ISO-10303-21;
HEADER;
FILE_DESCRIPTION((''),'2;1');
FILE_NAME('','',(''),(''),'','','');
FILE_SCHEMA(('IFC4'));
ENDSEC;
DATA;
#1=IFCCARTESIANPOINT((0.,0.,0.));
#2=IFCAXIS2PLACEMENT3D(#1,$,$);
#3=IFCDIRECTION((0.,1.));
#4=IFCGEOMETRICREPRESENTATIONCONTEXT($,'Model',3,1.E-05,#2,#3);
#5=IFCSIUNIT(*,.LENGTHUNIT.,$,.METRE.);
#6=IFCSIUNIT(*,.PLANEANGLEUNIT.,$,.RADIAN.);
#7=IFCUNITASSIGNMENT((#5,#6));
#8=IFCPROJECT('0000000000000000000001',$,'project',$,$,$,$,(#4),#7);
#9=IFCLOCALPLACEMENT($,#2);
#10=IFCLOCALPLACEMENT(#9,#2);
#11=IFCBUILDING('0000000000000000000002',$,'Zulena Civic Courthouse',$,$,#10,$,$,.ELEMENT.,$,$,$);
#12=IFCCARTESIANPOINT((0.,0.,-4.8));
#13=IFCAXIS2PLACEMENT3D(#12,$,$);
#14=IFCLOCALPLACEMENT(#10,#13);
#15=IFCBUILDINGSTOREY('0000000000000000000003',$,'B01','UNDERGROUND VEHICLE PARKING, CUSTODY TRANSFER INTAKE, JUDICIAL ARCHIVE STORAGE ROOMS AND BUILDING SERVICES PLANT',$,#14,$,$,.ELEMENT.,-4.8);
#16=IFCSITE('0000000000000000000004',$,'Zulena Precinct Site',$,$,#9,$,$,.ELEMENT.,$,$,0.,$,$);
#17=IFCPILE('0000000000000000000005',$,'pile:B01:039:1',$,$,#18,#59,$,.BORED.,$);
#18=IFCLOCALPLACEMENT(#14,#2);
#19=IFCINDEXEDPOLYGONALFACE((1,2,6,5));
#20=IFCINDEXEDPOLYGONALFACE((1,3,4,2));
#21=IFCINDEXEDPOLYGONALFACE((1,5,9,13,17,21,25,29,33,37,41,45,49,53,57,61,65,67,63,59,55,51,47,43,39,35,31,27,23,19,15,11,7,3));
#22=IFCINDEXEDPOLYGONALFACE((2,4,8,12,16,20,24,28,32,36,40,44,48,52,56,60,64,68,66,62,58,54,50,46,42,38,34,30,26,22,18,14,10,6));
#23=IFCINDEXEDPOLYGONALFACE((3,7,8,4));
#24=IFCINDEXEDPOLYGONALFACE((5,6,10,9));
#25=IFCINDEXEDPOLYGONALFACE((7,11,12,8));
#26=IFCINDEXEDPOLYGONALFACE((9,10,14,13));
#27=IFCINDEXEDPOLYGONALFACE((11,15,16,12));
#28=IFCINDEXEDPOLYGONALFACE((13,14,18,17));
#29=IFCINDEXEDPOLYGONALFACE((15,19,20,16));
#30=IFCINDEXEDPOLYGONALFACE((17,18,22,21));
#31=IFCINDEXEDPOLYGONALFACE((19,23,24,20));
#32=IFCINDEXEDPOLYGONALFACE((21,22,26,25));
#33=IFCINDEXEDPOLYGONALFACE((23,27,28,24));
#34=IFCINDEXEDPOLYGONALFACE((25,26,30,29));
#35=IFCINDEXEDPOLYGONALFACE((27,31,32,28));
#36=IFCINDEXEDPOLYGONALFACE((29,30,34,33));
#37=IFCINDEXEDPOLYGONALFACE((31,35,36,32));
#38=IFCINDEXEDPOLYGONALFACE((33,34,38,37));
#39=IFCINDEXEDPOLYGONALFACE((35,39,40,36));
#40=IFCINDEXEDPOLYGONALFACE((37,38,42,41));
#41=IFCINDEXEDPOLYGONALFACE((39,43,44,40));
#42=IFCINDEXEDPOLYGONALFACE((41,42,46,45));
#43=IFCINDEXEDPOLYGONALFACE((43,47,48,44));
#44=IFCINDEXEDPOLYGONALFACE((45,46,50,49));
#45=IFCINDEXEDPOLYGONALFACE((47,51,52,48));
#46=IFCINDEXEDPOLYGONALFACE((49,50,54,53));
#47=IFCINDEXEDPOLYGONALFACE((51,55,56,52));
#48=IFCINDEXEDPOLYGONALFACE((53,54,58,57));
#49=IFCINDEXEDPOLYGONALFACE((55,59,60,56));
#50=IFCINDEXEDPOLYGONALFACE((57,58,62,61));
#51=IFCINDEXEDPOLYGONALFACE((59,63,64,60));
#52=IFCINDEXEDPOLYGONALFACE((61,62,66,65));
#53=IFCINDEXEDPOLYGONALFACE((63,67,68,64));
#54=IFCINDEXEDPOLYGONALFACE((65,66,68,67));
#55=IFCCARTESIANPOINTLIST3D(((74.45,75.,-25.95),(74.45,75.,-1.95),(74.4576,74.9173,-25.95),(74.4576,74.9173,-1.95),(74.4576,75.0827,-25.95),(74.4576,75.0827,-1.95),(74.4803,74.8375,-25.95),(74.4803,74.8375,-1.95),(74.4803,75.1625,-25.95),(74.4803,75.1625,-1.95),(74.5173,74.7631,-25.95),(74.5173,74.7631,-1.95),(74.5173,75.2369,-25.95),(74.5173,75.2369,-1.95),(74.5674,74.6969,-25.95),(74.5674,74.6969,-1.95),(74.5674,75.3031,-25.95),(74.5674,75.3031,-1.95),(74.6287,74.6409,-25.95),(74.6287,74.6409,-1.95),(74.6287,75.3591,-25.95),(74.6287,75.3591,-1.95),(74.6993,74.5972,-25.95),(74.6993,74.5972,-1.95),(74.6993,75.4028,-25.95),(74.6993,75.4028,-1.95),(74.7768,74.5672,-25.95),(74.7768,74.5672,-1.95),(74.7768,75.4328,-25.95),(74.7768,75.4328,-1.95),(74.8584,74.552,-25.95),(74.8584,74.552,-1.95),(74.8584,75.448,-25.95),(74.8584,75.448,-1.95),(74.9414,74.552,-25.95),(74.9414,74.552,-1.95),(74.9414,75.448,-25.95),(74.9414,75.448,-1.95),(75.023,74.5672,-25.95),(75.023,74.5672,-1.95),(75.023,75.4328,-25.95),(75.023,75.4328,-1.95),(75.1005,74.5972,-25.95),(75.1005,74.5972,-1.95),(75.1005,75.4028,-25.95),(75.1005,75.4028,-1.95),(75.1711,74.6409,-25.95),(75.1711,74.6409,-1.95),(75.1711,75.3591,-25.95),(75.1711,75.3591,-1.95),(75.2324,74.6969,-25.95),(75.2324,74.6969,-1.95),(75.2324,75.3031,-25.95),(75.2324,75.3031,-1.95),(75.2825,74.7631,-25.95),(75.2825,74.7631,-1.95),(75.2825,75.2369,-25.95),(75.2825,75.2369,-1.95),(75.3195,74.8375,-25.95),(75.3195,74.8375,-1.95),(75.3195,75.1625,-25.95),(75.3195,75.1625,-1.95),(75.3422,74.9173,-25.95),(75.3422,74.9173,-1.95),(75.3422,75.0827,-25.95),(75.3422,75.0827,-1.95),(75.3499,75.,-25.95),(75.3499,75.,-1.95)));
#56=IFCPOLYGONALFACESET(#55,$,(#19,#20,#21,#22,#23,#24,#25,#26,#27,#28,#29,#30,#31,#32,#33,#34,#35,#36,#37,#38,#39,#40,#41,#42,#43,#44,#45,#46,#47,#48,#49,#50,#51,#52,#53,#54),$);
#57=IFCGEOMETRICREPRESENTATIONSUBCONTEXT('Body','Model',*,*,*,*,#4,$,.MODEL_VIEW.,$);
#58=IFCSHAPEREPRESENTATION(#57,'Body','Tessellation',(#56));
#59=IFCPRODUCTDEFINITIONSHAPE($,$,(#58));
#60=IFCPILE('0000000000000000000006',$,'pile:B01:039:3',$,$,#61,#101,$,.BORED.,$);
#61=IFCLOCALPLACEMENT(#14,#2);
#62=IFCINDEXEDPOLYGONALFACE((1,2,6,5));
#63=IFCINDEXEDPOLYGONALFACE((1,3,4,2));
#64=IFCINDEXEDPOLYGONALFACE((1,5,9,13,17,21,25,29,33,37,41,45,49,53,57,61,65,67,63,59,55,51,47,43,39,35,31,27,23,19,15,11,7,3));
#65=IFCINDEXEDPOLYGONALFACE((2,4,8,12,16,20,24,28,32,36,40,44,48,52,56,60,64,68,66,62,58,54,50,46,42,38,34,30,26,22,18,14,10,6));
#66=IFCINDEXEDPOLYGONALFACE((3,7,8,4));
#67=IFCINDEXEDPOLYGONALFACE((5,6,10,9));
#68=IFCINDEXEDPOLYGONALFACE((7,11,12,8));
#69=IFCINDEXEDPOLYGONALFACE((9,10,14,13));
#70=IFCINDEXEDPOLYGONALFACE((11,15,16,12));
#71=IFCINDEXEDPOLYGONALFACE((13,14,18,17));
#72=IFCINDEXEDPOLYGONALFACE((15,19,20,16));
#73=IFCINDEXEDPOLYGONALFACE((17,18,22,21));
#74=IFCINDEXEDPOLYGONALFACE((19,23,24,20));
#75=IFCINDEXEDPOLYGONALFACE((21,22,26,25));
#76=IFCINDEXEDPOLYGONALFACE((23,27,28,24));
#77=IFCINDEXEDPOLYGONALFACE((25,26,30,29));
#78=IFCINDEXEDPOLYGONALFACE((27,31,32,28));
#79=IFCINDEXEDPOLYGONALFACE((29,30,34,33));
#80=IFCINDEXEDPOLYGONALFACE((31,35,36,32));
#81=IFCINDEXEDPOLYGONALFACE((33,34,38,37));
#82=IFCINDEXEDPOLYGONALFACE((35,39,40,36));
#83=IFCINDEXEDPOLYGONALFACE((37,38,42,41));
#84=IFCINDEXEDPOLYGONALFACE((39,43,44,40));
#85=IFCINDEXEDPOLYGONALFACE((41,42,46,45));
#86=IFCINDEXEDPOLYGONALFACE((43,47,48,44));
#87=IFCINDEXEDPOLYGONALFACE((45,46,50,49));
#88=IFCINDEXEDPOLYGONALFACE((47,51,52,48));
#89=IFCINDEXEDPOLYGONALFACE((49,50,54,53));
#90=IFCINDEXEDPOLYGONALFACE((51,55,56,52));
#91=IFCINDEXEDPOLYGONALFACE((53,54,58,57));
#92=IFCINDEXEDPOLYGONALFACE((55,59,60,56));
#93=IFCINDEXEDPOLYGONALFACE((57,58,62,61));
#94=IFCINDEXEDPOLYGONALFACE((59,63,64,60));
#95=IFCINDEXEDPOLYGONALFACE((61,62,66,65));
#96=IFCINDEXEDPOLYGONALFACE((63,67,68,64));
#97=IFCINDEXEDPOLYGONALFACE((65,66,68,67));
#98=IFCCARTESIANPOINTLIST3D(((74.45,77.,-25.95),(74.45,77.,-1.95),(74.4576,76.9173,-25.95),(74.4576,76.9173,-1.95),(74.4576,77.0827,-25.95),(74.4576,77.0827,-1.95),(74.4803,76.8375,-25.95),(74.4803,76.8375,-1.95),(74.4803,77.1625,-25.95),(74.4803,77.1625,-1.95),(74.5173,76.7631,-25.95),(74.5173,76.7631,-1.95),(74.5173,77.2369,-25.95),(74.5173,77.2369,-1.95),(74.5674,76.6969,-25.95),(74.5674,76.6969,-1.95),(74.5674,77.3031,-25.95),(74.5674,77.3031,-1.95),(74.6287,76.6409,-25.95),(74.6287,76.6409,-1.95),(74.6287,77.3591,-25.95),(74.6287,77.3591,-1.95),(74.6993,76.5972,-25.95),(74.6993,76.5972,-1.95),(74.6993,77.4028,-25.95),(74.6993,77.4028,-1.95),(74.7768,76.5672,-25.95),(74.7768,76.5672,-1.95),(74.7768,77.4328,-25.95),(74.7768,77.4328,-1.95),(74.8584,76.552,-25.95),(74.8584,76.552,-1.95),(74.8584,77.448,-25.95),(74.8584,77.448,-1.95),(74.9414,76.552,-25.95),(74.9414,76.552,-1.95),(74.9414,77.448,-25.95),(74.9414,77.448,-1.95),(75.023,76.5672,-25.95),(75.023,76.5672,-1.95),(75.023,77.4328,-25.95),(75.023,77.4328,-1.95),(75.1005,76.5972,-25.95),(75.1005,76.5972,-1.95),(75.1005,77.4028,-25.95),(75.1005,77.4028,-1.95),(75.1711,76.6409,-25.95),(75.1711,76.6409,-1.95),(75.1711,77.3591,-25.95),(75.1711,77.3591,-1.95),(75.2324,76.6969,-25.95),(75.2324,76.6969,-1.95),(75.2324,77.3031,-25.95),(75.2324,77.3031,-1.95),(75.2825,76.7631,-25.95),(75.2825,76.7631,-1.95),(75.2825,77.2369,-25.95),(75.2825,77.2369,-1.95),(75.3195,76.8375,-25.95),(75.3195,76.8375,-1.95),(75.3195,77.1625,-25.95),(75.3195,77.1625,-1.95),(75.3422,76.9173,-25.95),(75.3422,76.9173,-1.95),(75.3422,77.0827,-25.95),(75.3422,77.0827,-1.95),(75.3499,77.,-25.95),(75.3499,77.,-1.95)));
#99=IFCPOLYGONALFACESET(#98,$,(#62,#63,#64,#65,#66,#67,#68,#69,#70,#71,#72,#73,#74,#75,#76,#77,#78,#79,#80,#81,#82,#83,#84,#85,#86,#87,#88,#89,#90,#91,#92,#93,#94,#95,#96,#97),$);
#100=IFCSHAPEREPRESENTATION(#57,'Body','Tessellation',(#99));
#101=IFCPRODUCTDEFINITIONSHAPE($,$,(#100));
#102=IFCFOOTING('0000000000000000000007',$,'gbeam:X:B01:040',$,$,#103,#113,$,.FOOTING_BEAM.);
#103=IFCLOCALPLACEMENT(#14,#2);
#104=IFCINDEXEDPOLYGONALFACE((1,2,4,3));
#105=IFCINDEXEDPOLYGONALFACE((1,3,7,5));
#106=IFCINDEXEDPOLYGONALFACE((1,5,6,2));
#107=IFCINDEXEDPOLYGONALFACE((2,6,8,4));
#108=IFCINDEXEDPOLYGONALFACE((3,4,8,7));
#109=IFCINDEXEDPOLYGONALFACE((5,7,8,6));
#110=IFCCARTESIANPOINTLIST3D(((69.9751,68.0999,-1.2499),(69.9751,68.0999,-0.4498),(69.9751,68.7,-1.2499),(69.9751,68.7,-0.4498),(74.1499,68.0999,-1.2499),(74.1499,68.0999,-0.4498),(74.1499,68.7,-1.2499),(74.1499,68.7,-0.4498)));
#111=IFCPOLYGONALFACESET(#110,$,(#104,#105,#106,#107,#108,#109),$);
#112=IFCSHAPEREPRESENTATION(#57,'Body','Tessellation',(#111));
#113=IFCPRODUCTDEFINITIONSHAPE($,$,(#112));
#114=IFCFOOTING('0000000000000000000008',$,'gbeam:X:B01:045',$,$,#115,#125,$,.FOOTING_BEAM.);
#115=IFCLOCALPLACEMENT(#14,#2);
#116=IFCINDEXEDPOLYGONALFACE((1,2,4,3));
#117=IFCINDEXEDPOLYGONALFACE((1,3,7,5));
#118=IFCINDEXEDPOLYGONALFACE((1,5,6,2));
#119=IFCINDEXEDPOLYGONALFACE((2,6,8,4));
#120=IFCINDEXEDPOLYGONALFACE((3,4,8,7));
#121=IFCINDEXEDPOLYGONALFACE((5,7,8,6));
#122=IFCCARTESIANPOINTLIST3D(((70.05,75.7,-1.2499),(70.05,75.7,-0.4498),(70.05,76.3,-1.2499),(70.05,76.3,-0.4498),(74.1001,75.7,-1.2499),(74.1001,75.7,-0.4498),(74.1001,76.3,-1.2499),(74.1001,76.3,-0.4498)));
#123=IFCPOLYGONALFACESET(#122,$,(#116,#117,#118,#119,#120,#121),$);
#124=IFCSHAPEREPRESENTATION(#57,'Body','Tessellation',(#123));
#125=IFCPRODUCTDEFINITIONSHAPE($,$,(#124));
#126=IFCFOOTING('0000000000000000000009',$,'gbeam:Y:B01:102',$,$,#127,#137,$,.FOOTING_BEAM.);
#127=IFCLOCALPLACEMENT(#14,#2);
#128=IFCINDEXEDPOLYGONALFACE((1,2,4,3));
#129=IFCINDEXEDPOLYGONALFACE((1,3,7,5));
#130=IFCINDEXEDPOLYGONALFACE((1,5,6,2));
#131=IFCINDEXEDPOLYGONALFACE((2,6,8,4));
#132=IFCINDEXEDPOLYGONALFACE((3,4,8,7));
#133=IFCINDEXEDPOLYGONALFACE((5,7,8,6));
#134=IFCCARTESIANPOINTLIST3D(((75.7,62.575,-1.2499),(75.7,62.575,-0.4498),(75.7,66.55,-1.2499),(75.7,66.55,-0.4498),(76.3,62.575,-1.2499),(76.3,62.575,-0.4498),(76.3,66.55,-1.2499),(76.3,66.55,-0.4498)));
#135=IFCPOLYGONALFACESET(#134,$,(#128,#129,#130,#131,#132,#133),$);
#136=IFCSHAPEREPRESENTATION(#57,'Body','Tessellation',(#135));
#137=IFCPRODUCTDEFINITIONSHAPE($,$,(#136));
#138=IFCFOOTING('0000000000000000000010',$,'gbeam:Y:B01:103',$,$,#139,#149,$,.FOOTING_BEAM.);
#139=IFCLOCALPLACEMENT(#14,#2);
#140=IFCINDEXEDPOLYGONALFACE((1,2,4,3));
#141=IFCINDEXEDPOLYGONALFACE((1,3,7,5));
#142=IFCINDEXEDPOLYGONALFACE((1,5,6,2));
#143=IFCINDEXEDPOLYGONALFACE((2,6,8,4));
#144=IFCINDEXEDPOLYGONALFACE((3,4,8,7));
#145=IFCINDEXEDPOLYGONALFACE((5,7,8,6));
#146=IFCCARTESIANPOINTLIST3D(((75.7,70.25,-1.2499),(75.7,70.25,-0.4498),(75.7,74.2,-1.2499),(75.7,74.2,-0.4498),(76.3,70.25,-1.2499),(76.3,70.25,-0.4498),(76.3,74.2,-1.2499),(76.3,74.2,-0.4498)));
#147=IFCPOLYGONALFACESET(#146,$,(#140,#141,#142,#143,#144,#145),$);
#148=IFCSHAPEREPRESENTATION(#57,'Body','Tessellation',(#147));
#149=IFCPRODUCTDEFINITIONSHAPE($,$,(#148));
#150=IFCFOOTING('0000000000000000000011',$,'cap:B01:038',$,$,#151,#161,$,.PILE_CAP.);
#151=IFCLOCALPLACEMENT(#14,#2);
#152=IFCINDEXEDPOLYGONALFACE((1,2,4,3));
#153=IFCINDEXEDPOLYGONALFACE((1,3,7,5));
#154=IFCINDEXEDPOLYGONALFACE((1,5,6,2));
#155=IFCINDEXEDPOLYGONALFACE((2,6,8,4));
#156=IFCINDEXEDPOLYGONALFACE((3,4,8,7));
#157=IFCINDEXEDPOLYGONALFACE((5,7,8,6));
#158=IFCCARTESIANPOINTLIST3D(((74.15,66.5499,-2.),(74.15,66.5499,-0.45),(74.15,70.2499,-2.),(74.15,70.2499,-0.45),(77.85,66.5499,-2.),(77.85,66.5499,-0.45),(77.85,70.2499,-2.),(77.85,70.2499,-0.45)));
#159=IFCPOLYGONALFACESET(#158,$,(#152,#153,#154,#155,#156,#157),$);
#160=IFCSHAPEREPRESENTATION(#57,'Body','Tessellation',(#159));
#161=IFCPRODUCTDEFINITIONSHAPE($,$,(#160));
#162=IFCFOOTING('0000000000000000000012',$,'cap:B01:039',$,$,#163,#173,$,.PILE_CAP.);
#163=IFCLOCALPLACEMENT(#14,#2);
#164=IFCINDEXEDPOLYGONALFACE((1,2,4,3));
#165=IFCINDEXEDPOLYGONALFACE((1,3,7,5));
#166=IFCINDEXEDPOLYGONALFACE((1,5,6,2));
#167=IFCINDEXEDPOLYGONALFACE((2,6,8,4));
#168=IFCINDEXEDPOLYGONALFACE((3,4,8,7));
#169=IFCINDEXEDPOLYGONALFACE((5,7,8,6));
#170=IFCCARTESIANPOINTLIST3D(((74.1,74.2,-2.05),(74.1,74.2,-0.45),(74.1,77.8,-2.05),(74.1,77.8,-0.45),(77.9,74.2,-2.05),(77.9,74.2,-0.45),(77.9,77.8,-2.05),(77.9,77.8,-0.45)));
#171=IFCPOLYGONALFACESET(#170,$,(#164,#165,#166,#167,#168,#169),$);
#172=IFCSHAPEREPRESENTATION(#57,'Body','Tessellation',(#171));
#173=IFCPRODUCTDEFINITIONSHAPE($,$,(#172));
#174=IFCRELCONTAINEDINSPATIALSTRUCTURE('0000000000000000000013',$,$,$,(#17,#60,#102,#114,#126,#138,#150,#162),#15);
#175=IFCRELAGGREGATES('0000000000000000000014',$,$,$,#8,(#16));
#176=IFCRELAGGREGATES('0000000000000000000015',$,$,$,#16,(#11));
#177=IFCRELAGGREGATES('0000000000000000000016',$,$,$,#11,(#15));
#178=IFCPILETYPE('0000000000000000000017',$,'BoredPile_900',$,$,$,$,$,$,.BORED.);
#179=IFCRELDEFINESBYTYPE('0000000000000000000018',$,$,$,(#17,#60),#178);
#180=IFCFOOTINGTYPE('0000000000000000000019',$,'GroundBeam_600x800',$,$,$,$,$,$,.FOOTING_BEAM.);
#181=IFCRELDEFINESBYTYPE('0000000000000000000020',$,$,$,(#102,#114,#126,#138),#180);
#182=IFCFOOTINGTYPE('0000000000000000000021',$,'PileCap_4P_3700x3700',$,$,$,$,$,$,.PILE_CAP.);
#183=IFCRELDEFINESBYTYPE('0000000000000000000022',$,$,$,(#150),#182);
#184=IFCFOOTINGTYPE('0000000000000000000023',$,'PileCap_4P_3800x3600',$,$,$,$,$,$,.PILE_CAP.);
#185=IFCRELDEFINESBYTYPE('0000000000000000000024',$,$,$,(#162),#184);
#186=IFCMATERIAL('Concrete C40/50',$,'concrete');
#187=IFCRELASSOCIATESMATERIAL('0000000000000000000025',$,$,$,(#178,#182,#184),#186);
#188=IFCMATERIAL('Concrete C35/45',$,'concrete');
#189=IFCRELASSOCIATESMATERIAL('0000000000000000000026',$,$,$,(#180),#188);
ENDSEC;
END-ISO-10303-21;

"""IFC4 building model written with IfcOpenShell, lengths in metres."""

from ifc_helpers import new_model, si_unit, direction, frame, origin, origin_2d, place, context, subcontext, project, spatial, rectangle, circle, extrude, material, material_profile, profile_set, type_object, element, save


model = new_model("IFC4")

# Units and contexts
model_context = context("Model", 3, precision=1e-05, world=origin(), true_north=direction((0.0, 1.0)))
body_context = subcontext(model_context, "Body", "Model", "MODEL_VIEW")
ifc_project = project(units=[si_unit("LENGTHUNIT", "METRE"), si_unit("PLANEANGLEUNIT", "RADIAN")], contexts=[model_context])

# Site, building, storey
site_placement = place(None, origin())
site = spatial("IfcSite", under=ifc_project, at=site_placement, Name="Zulena Precinct Site", CompositionType="ELEMENT", RefElevation=0.0)
building_placement = place(site_placement, origin())
building = spatial("IfcBuilding", under=site, at=building_placement, Name="Zulena Civic Courthouse", CompositionType="ELEMENT")
storey_placement = place(building_placement, frame((0.0, 0.0, -4.8)))
storey = spatial("IfcBuildingStorey", under=building, at=storey_placement, Name="B01", Description="UNDERGROUND VEHICLE PARKING, CUSTODY TRANSFER INTAKE, JUDICIAL ARCHIVE STORAGE ROOMS AND BUILDING SERVICES PLANT", CompositionType="ELEMENT", Elevation=-4.8)

# Piles
ifc_material_1 = material(Name="Concrete C40/50", Category="concrete")
ifc_material_profile_1 = material_profile(ifc_material_1, circle(Radius=0.45, at=origin_2d()), Name="PILE900")
ifc_profile_set_1 = profile_set([ifc_material_profile_1], Name="Concrete C40/50")
pile_type_1 = type_object("IfcPileType", Name="BoredPile_900", PredefinedType="BORED", material=ifc_profile_set_1)
for number, where, z_axis, x_axis, name in (
    (1, (74.8999, 75.0, -1.95), (0.0, 0.0, -1.0), (1.0, 0.0, 0.0), "pile:B01:039:1"),
    (2, (74.8999, 77.0, -1.95), (0.0, 0.0, -1.0), (1.0, 0.0, 0.0), "pile:B01:039:3"),
):
    element("IfcPile", number, at=place(storey_placement, frame(where, z_axis=z_axis, x_axis=x_axis)), inside=storey, type_object=pile_type_1, Name=name, PredefinedType="BORED", context=body_context, shape_type="SweptSolid", body=[
        extrude(circle(Radius=0.45, at=origin_2d()), origin(), (0.0, 0.0, 1.0), 24.0),
    ])

# Footings
ifc_material_2 = material(Name="Concrete C35/45", Category="concrete")
ifc_material_profile_2 = material_profile(ifc_material_2, rectangle(XDim=0.6001, YDim=0.8, at=origin_2d()), Name="RC600X800")
ifc_profile_set_2 = profile_set([ifc_material_profile_2], Name="Concrete C35/45")
footing_type_1 = type_object("IfcFootingType", Name="GroundBeam_600x800", PredefinedType="FOOTING_BEAM", material=ifc_profile_set_2)
footing_1_placement = place(storey_placement, frame((69.9751, 68.3999, -0.8499), z_axis=(1.0, 0.0, 0.0), x_axis=(0.0, 1.0, 0.0)))
element("IfcFooting", 3, at=footing_1_placement, inside=storey, type_object=footing_type_1, Name="gbeam:X:B01:040", PredefinedType="FOOTING_BEAM", context=body_context, shape_type="SweptSolid", body=[
    extrude(rectangle(XDim=0.6001, YDim=0.8, at=origin_2d()), origin(), (0.0, 0.0, 1.0), 4.1748),
])
footing_2_placement = place(storey_placement, frame((70.05, 76.0, -0.8499), z_axis=(1.0, 0.0, 0.0), x_axis=(0.0, 1.0, 0.0)))
element("IfcFooting", 4, at=footing_2_placement, inside=storey, type_object=footing_type_1, Name="gbeam:X:B01:045", PredefinedType="FOOTING_BEAM", context=body_context, shape_type="SweptSolid", body=[
    extrude(rectangle(XDim=0.6001, YDim=0.8, at=origin_2d()), origin(), (0.0, 0.0, 1.0), 4.05),
])
footing_3_placement = place(storey_placement, frame((76.0, 62.575, -0.8499), z_axis=(0.0, 1.0, 0.0), x_axis=(-1.0, 0.0, 0.0)))
element("IfcFooting", 5, at=footing_3_placement, inside=storey, type_object=footing_type_1, Name="gbeam:Y:B01:102", PredefinedType="FOOTING_BEAM", context=body_context, shape_type="SweptSolid", body=[
    extrude(rectangle(XDim=0.6001, YDim=0.8, at=origin_2d()), origin(), (0.0, 0.0, 1.0), 3.9751),
])
footing_4_placement = place(storey_placement, frame((76.0, 70.25, -0.8499), z_axis=(0.0, 1.0, 0.0), x_axis=(-1.0, 0.0, 0.0)))
element("IfcFooting", 6, at=footing_4_placement, inside=storey, type_object=footing_type_1, Name="gbeam:Y:B01:103", PredefinedType="FOOTING_BEAM", context=body_context, shape_type="SweptSolid", body=[
    extrude(rectangle(XDim=0.6001, YDim=0.8, at=origin_2d()), origin(), (0.0, 0.0, 1.0), 3.95),
])
footing_type_2 = type_object("IfcFootingType", Name="PileCap_4P_3700x3700", PredefinedType="PILE_CAP", material=ifc_material_1)
footing_5_placement = place(storey_placement, frame((76.0, 68.3999, -2.0), z_axis=(0.0, 0.0, 1.0), x_axis=(1.0, 0.0, 0.0)))
element("IfcFooting", 7, at=footing_5_placement, inside=storey, type_object=footing_type_2, Name="cap:B01:038", PredefinedType="PILE_CAP", context=body_context, shape_type="SweptSolid", body=[
    extrude(rectangle(XDim=3.7, YDim=3.7, at=origin_2d()), origin(), (0.0, 0.0, 1.0), 1.55),
])
footing_type_3 = type_object("IfcFootingType", Name="PileCap_4P_3800x3600", PredefinedType="PILE_CAP", material=ifc_material_1)
footing_6_placement = place(storey_placement, frame((76.0, 76.0, -2.05), z_axis=(0.0, 0.0, 1.0), x_axis=(1.0, 0.0, 0.0)))
element("IfcFooting", 8, at=footing_6_placement, inside=storey, type_object=footing_type_3, Name="cap:B01:039", PredefinedType="PILE_CAP", context=body_context, shape_type="SweptSolid", body=[
    extrude(rectangle(XDim=3.8, YDim=3.6001, at=origin_2d()), origin(), (0.0, 0.0, 1.0), 1.6001),
])

save(model, "model.ifc")
